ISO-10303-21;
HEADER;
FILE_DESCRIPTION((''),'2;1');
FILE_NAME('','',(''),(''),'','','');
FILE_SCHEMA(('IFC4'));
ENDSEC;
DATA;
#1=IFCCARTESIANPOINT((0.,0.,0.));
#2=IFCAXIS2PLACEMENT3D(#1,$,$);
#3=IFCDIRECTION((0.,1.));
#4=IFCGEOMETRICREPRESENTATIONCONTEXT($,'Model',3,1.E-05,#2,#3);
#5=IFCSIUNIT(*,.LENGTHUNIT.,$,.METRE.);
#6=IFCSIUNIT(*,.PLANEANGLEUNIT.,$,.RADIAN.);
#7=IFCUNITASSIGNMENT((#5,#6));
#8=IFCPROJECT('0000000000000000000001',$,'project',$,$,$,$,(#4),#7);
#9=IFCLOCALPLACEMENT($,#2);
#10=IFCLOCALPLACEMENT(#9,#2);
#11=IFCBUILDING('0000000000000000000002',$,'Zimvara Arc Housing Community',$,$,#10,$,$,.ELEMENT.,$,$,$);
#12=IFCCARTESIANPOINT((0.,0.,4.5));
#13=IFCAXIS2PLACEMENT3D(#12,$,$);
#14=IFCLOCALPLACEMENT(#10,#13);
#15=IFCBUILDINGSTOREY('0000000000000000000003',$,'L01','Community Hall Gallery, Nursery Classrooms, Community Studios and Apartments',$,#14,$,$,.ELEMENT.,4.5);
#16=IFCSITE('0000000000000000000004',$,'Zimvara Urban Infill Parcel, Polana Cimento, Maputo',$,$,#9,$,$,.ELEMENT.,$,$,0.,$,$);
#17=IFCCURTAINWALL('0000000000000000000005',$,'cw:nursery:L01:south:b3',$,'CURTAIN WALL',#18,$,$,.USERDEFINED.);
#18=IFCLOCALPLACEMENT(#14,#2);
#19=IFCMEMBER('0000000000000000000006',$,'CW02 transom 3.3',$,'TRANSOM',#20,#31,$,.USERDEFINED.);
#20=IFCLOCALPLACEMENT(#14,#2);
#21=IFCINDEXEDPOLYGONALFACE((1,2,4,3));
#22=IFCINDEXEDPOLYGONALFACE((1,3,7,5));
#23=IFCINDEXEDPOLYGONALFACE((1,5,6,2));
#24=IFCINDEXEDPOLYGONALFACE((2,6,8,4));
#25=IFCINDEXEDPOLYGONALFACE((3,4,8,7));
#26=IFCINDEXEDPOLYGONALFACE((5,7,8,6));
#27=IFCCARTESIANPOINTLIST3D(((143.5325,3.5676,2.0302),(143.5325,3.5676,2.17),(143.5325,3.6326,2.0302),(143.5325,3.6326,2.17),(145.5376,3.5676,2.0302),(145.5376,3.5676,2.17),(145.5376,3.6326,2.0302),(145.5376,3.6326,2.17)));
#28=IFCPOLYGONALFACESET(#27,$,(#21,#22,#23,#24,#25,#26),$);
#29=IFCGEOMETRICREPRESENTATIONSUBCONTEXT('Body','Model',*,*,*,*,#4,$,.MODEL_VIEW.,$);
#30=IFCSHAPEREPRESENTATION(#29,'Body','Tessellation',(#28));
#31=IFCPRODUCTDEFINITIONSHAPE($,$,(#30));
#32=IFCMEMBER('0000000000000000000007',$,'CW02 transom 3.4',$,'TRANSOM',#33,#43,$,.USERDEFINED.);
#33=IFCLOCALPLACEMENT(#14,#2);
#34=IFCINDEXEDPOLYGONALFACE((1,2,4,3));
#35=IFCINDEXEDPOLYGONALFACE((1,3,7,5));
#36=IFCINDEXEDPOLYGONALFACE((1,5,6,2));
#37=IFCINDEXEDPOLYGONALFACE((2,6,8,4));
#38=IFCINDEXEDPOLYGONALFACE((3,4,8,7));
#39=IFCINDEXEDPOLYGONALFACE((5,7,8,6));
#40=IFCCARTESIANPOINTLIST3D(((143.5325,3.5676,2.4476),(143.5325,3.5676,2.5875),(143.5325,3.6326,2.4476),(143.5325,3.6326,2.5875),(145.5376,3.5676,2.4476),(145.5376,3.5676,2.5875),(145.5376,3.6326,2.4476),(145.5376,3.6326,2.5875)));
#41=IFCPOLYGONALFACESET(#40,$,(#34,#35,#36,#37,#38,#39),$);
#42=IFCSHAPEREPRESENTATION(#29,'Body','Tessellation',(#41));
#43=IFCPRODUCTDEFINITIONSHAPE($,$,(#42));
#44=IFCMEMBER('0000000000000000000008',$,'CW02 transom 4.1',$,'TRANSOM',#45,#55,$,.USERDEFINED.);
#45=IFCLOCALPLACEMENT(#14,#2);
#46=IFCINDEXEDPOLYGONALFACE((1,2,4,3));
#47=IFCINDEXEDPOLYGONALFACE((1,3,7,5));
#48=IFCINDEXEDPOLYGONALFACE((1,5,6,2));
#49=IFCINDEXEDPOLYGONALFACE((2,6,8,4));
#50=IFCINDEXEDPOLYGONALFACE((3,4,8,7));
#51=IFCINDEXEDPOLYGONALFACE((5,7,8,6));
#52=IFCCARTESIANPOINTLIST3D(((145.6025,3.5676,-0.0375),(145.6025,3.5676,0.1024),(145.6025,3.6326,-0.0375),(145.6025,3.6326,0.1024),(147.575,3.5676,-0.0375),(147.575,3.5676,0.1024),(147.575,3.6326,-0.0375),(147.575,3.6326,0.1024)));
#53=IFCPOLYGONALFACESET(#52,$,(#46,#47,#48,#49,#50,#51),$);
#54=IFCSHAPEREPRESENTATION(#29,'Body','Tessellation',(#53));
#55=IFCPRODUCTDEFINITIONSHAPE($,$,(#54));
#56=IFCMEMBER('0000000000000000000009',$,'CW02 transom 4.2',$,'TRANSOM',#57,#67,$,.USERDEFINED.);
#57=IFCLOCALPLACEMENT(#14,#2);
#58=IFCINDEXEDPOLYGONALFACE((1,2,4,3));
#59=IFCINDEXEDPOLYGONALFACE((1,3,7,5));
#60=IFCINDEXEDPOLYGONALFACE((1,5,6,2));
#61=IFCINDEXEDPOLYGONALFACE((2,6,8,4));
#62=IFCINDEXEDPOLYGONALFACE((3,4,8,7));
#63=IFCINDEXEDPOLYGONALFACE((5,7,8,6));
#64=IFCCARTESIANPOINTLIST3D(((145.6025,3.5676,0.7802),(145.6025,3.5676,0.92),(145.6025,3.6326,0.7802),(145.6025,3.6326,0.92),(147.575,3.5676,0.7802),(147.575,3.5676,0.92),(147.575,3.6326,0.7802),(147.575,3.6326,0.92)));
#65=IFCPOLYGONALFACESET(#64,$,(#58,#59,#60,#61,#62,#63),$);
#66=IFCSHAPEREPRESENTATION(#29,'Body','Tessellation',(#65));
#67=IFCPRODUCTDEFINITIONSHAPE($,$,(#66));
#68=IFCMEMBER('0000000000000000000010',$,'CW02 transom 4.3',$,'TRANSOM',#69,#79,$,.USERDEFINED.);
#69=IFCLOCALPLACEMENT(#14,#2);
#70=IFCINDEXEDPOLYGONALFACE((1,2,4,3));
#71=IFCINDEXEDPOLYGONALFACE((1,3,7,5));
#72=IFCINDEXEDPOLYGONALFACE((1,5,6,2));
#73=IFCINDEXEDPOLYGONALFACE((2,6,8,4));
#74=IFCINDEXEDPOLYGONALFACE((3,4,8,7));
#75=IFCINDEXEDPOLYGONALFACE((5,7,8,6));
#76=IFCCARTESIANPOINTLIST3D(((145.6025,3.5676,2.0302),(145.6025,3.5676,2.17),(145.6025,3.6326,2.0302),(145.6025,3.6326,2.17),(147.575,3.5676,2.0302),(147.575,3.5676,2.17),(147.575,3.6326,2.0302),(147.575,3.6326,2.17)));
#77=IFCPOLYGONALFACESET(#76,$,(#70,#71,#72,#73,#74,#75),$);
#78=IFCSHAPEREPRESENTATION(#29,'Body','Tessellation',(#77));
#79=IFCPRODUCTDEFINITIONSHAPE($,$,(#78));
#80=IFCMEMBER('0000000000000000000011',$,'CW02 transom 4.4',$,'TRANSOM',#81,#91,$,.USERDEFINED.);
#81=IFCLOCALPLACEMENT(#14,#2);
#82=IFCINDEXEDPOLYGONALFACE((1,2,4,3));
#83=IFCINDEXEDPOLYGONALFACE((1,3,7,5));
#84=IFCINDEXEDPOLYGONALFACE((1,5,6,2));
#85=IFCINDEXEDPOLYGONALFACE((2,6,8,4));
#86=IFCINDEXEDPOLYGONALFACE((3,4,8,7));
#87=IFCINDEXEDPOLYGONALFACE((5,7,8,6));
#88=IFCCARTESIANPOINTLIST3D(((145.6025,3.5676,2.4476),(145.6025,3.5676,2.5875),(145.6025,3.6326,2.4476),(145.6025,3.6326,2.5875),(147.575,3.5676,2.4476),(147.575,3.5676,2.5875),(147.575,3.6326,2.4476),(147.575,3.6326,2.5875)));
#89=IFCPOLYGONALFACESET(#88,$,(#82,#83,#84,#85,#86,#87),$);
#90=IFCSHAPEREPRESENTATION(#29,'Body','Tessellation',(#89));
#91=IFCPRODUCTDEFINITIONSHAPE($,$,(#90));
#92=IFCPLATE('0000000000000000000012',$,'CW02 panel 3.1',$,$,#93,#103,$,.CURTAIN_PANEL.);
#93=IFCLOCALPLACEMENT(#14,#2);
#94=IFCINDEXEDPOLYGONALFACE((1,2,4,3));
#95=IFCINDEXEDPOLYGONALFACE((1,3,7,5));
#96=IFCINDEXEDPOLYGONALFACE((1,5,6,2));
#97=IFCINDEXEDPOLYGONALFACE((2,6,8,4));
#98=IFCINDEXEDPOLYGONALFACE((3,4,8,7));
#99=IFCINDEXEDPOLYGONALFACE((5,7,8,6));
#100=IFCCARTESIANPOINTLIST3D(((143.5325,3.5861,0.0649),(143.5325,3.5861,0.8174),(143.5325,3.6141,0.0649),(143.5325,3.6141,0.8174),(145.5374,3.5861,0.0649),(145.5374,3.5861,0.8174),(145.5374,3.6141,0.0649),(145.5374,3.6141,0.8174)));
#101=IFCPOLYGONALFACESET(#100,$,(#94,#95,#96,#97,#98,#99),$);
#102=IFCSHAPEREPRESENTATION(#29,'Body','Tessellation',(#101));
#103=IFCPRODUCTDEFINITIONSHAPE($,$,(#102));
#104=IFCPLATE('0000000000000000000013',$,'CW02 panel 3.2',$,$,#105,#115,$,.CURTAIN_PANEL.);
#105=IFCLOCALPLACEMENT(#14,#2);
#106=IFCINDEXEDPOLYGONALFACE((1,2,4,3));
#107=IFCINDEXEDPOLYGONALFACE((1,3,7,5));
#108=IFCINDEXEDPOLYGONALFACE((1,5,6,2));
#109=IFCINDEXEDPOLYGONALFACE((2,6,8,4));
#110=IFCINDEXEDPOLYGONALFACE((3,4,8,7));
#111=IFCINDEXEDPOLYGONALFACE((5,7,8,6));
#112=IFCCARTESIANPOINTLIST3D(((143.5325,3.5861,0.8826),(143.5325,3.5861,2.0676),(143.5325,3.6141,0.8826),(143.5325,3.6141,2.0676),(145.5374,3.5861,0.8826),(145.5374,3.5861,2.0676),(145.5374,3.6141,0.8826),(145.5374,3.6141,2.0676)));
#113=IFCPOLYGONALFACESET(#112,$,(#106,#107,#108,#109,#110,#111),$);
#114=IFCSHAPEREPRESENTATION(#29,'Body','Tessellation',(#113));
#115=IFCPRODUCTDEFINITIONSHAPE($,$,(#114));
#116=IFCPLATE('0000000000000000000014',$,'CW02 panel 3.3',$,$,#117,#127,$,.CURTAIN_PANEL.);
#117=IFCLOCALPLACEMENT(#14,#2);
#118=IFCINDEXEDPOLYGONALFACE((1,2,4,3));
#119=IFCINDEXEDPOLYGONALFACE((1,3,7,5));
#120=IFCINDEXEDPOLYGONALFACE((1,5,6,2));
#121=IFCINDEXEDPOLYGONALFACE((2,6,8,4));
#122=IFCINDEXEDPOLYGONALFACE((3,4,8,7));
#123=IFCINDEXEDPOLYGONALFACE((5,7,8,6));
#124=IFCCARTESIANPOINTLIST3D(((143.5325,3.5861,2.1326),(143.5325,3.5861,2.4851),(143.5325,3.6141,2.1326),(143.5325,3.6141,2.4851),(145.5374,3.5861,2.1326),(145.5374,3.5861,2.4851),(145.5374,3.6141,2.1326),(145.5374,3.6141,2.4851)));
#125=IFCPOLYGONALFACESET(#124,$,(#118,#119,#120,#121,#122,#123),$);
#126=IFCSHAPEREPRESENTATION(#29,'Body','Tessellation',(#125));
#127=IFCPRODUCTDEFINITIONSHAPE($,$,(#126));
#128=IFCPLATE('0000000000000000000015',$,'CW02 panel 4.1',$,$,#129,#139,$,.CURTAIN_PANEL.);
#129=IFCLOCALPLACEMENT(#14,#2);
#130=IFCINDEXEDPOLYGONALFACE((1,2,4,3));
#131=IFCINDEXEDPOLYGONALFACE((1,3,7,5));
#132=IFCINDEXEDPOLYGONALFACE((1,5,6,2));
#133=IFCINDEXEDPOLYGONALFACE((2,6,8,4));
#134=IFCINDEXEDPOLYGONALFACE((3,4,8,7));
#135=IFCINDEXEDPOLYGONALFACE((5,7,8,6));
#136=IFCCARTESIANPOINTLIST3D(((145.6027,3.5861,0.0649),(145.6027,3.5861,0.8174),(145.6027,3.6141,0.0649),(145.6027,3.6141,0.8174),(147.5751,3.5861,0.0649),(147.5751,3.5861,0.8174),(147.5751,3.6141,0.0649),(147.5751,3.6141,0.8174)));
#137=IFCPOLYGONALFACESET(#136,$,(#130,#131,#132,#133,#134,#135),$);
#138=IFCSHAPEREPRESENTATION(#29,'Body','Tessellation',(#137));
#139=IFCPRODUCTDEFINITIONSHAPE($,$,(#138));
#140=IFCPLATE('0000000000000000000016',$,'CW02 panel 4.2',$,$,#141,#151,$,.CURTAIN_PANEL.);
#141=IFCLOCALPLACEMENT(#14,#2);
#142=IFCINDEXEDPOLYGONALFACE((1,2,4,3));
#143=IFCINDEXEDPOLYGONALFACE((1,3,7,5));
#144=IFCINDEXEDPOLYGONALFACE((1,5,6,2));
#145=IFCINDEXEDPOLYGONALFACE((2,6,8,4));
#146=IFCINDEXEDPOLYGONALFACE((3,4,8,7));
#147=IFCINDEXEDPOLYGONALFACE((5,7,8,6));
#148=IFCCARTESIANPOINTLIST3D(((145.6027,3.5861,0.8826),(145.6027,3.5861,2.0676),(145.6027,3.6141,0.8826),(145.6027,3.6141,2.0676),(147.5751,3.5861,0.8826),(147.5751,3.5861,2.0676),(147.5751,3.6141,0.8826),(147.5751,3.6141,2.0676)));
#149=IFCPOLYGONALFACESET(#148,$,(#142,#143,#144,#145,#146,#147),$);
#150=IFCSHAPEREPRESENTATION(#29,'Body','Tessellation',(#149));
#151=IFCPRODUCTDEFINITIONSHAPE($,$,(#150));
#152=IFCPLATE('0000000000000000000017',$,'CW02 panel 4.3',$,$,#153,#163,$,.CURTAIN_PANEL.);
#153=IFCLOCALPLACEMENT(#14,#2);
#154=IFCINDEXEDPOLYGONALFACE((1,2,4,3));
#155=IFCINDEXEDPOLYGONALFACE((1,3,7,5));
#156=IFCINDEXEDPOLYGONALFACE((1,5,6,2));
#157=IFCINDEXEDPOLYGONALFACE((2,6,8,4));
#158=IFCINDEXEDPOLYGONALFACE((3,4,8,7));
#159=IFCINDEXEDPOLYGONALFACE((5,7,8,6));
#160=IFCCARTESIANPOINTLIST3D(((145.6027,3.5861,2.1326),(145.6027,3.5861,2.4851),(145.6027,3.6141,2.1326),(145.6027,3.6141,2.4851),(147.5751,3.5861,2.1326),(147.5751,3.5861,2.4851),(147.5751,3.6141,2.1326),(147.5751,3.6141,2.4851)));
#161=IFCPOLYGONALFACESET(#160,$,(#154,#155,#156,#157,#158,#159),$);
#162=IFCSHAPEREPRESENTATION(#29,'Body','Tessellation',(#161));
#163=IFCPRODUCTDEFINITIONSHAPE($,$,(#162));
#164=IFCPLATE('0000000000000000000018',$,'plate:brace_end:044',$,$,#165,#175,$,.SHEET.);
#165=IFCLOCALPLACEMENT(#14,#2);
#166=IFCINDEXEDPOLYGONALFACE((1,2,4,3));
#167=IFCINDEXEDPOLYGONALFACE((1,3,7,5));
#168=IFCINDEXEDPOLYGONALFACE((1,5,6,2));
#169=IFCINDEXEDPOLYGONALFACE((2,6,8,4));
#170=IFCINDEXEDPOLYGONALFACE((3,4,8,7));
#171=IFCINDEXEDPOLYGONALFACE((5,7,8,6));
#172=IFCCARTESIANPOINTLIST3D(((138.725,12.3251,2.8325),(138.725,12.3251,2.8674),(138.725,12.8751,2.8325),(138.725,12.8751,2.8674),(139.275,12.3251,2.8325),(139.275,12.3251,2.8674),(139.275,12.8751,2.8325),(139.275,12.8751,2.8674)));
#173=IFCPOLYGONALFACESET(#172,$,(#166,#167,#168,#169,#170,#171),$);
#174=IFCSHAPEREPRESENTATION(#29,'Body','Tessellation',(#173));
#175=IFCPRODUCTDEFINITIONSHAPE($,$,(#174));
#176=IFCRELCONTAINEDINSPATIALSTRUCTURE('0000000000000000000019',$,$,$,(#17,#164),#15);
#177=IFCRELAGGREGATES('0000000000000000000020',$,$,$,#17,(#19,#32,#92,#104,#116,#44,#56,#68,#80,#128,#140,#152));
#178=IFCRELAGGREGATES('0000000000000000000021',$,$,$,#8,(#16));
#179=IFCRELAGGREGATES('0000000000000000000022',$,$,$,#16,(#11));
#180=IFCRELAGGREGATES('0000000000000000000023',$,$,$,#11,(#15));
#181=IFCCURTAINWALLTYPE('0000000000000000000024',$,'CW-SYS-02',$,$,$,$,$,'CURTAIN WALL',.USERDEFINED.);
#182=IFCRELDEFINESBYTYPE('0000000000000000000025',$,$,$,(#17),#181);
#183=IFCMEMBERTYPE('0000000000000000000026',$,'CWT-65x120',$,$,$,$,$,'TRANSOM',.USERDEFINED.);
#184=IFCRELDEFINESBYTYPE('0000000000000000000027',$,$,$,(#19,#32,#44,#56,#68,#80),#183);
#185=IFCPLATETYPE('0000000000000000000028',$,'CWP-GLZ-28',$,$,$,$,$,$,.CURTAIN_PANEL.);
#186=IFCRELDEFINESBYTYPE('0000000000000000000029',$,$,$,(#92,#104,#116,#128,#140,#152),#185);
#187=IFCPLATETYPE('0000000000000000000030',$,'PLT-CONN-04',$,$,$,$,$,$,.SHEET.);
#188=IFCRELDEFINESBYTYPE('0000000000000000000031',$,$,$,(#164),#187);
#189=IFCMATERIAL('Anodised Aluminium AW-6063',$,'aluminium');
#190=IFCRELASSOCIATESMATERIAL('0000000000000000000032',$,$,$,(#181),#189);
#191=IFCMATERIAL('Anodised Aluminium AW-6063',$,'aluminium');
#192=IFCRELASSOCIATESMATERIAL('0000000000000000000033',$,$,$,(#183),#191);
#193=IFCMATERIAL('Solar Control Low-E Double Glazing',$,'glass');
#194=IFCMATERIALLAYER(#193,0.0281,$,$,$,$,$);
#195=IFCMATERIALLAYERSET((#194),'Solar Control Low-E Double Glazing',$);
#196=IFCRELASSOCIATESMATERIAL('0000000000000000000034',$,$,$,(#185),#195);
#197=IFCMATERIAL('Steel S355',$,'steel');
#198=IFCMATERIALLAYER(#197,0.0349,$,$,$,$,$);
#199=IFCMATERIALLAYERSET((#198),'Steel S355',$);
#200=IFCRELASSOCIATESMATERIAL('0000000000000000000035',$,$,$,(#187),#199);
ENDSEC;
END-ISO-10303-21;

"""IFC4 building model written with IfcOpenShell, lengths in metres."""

from ifc_helpers import new_model, si_unit, direction, frame, origin, origin_2d, place, context, subcontext, project, spatial, rectangle, extrude, material, layer, layer_set, material_profile, profile_set, type_object, element, aggregate, save


model = new_model("IFC4")

# Units and contexts
model_context = context("Model", 3, precision=1e-05, world=origin(), true_north=direction((0.0, 1.0)))
body_context = subcontext(model_context, "Body", "Model", "MODEL_VIEW")
ifc_project = project(units=[si_unit("LENGTHUNIT", "METRE"), si_unit("PLANEANGLEUNIT", "RADIAN")], contexts=[model_context])

# Site, building, storey
site_placement = place(None, origin())
site = spatial("IfcSite", under=ifc_project, at=site_placement, Name="Zimvara Urban Infill Parcel, Polana Cimento, Maputo", CompositionType="ELEMENT", RefElevation=0.0)
building_placement = place(site_placement, origin())
building = spatial("IfcBuilding", under=site, at=building_placement, Name="Zimvara Arc Housing Community", CompositionType="ELEMENT")
storey_placement = place(building_placement, frame((0.0, 0.0, 4.5)))
storey = spatial("IfcBuildingStorey", under=building, at=storey_placement, Name="L01", Description="Community Hall Gallery, Nursery Classrooms, Community Studios and Apartments", CompositionType="ELEMENT", Elevation=4.5)

# Curtain wall, members, plates
ifc_material_1 = material(Name="Anodised Aluminium AW-6063", Category="aluminium")
curtain_wall_type = type_object("IfcCurtainWallType", Name="CW-SYS-02", ElementType="CURTAIN WALL", PredefinedType="USERDEFINED", material=ifc_material_1)
curtain_wall_placement = place(storey_placement, origin())
curtain_wall = element("IfcCurtainWall", 1, at=curtain_wall_placement, inside=storey, type_object=curtain_wall_type, Name="cw:nursery:L01:south:b3", ObjectType="CURTAIN WALL", PredefinedType="USERDEFINED")
ifc_material_2 = material(Name="Anodised Aluminium AW-6063", Category="aluminium")
ifc_material_profile_1 = material_profile(ifc_material_2, rectangle(XDim=0.0649, YDim=0.1399, at=origin_2d()), Name="ALU 65x140")
ifc_profile_set_1 = profile_set([ifc_material_profile_1], Name="Anodised Aluminium AW-6063")
member_type_1 = type_object("IfcMemberType", Name="CWT-65x120", ElementType="TRANSOM", PredefinedType="USERDEFINED", material=ifc_profile_set_1)
member_1_placement = place(storey_placement, frame((143.5325, 3.6001, 2.1001), z_axis=(1.0, 0.0, 0.0), x_axis=(0.0, 1.0, 0.0)))
member_1 = element("IfcMember", 2, at=member_1_placement, type_object=member_type_1, Name="CW02 transom 3.3", ObjectType="TRANSOM", PredefinedType="USERDEFINED", context=body_context, shape_type="SweptSolid", body=[
    extrude(rectangle(XDim=0.0649, YDim=0.1399, at=origin_2d()), origin(), (0.0, 0.0, 1.0), 2.0051),
])
member_2_placement = place(storey_placement, frame((143.5325, 3.6001, 2.5176), z_axis=(1.0, 0.0, 0.0), x_axis=(0.0, 1.0, 0.0)))
member_2 = element("IfcMember", 3, at=member_2_placement, type_object=member_type_1, Name="CW02 transom 3.4", ObjectType="TRANSOM", PredefinedType="USERDEFINED", context=body_context, shape_type="SweptSolid", body=[
    extrude(rectangle(XDim=0.0649, YDim=0.1399, at=origin_2d()), origin(), (0.0, 0.0, 1.0), 2.0051),
])
member_3_placement = place(storey_placement, frame((145.6025, 3.6001, 0.0325), z_axis=(1.0, 0.0, 0.0), x_axis=(0.0, 1.0, 0.0)))
member_3 = element("IfcMember", 4, at=member_3_placement, type_object=member_type_1, Name="CW02 transom 4.1", ObjectType="TRANSOM", PredefinedType="USERDEFINED", context=body_context, shape_type="SweptSolid", body=[
    extrude(rectangle(XDim=0.0649, YDim=0.1399, at=origin_2d()), origin(), (0.0, 0.0, 1.0), 1.9724),
])
member_4_placement = place(storey_placement, frame((145.6025, 3.6001, 0.8501), z_axis=(1.0, 0.0, 0.0), x_axis=(0.0, 1.0, 0.0)))
member_4 = element("IfcMember", 5, at=member_4_placement, type_object=member_type_1, Name="CW02 transom 4.2", ObjectType="TRANSOM", PredefinedType="USERDEFINED", context=body_context, shape_type="SweptSolid", body=[
    extrude(rectangle(XDim=0.0649, YDim=0.1399, at=origin_2d()), origin(), (0.0, 0.0, 1.0), 1.9724),
])
member_5_placement = place(storey_placement, frame((145.6025, 3.6001, 2.1001), z_axis=(1.0, 0.0, 0.0), x_axis=(0.0, 1.0, 0.0)))
member_5 = element("IfcMember", 6, at=member_5_placement, type_object=member_type_1, Name="CW02 transom 4.3", ObjectType="TRANSOM", PredefinedType="USERDEFINED", context=body_context, shape_type="SweptSolid", body=[
    extrude(rectangle(XDim=0.0649, YDim=0.1399, at=origin_2d()), origin(), (0.0, 0.0, 1.0), 1.9724),
])
member_6_placement = place(storey_placement, frame((145.6025, 3.6001, 2.5176), z_axis=(1.0, 0.0, 0.0), x_axis=(0.0, 1.0, 0.0)))
member_6 = element("IfcMember", 7, at=member_6_placement, type_object=member_type_1, Name="CW02 transom 4.4", ObjectType="TRANSOM", PredefinedType="USERDEFINED", context=body_context, shape_type="SweptSolid", body=[
    extrude(rectangle(XDim=0.0649, YDim=0.1399, at=origin_2d()), origin(), (0.0, 0.0, 1.0), 1.9724),
])
ifc_material_3 = material(Name="Solar Control Low-E Double Glazing", Category="glass")
ifc_layer_1 = layer(ifc_material_3, 0.0281)
ifc_layer_set_1 = layer_set([ifc_layer_1], Name="Solar Control Low-E Double Glazing")
plate_type_1 = type_object("IfcPlateType", Name="CWP-GLZ-28", PredefinedType="CURTAIN_PANEL", material=ifc_layer_set_1)
plate_1_placement = place(storey_placement, frame((144.5349, 3.6001, 0.0649), z_axis=(0.0, 0.0, 1.0), x_axis=(1.0, 0.0, 0.0)))
plate_1 = element("IfcPlate", 8, at=plate_1_placement, type_object=plate_type_1, Name="CW02 panel 3.1", PredefinedType="CURTAIN_PANEL", context=body_context, shape_type="SweptSolid", body=[
    extrude(rectangle(XDim=2.0049, YDim=0.0281, at=origin_2d()), origin(), (0.0, 0.0, 1.0), 0.7524),
])
plate_2_placement = place(storey_placement, frame((144.5349, 3.6001, 0.8826), z_axis=(0.0, 0.0, 1.0), x_axis=(1.0, 0.0, 0.0)))
plate_2 = element("IfcPlate", 9, at=plate_2_placement, type_object=plate_type_1, Name="CW02 panel 3.2", PredefinedType="CURTAIN_PANEL", context=body_context, shape_type="SweptSolid", body=[
    extrude(rectangle(XDim=2.0049, YDim=0.0281, at=origin_2d()), origin(), (0.0, 0.0, 1.0), 1.1851),
])
plate_3_placement = place(storey_placement, frame((144.5349, 3.6001, 2.1326), z_axis=(0.0, 0.0, 1.0), x_axis=(1.0, 0.0, 0.0)))
plate_3 = element("IfcPlate", 10, at=plate_3_placement, type_object=plate_type_1, Name="CW02 panel 3.3", PredefinedType="CURTAIN_PANEL", context=body_context, shape_type="SweptSolid", body=[
    extrude(rectangle(XDim=2.0049, YDim=0.0281, at=origin_2d()), origin(), (0.0, 0.0, 1.0), 0.3525),
])
plate_4_placement = place(storey_placement, frame((146.5889, 3.6001, 0.0649), z_axis=(0.0, 0.0, 1.0), x_axis=(1.0, 0.0, 0.0)))
plate_4 = element("IfcPlate", 11, at=plate_4_placement, type_object=plate_type_1, Name="CW02 panel 4.1", PredefinedType="CURTAIN_PANEL", context=body_context, shape_type="SweptSolid", body=[
    extrude(rectangle(XDim=1.9724, YDim=0.0281, at=origin_2d()), origin(), (0.0, 0.0, 1.0), 0.7524),
])
plate_5_placement = place(storey_placement, frame((146.5889, 3.6001, 0.8826), z_axis=(0.0, 0.0, 1.0), x_axis=(1.0, 0.0, 0.0)))
plate_5 = element("IfcPlate", 12, at=plate_5_placement, type_object=plate_type_1, Name="CW02 panel 4.2", PredefinedType="CURTAIN_PANEL", context=body_context, shape_type="SweptSolid", body=[
    extrude(rectangle(XDim=1.9724, YDim=0.0281, at=origin_2d()), origin(), (0.0, 0.0, 1.0), 1.1851),
])
plate_6_placement = place(storey_placement, frame((146.5889, 3.6001, 2.1326), z_axis=(0.0, 0.0, 1.0), x_axis=(1.0, 0.0, 0.0)))
plate_6 = element("IfcPlate", 13, at=plate_6_placement, type_object=plate_type_1, Name="CW02 panel 4.3", PredefinedType="CURTAIN_PANEL", context=body_context, shape_type="SweptSolid", body=[
    extrude(rectangle(XDim=1.9724, YDim=0.0281, at=origin_2d()), origin(), (0.0, 0.0, 1.0), 0.3525),
])
aggregate(curtain_wall, [member_1, member_2, plate_1, plate_2, plate_3, member_3, member_4, member_5, member_6, plate_4, plate_5, plate_6])

# Plate
ifc_material_4 = material(Name="Steel S355", Category="steel")
ifc_layer_2 = layer(ifc_material_4, 0.0349)
ifc_layer_set_2 = layer_set([ifc_layer_2], Name="Steel S355")
plate_type_2 = type_object("IfcPlateType", Name="PLT-CONN-04", PredefinedType="SHEET", material=ifc_layer_set_2)
plate_7_placement = place(storey_placement, frame((139.0, 12.6001, 2.8325), z_axis=(0.0, 0.0, 1.0), x_axis=(1.0, 0.0, 0.0)))
element("IfcPlate", 14, at=plate_7_placement, inside=storey, type_object=plate_type_2, Name="plate:brace_end:044", PredefinedType="SHEET", context=body_context, shape_type="SweptSolid", body=[
    extrude(rectangle(XDim=0.55, YDim=0.55, at=origin_2d()), origin(), (0.0, 0.0, 1.0), 0.0349),
])

save(model, "model.ifc")
